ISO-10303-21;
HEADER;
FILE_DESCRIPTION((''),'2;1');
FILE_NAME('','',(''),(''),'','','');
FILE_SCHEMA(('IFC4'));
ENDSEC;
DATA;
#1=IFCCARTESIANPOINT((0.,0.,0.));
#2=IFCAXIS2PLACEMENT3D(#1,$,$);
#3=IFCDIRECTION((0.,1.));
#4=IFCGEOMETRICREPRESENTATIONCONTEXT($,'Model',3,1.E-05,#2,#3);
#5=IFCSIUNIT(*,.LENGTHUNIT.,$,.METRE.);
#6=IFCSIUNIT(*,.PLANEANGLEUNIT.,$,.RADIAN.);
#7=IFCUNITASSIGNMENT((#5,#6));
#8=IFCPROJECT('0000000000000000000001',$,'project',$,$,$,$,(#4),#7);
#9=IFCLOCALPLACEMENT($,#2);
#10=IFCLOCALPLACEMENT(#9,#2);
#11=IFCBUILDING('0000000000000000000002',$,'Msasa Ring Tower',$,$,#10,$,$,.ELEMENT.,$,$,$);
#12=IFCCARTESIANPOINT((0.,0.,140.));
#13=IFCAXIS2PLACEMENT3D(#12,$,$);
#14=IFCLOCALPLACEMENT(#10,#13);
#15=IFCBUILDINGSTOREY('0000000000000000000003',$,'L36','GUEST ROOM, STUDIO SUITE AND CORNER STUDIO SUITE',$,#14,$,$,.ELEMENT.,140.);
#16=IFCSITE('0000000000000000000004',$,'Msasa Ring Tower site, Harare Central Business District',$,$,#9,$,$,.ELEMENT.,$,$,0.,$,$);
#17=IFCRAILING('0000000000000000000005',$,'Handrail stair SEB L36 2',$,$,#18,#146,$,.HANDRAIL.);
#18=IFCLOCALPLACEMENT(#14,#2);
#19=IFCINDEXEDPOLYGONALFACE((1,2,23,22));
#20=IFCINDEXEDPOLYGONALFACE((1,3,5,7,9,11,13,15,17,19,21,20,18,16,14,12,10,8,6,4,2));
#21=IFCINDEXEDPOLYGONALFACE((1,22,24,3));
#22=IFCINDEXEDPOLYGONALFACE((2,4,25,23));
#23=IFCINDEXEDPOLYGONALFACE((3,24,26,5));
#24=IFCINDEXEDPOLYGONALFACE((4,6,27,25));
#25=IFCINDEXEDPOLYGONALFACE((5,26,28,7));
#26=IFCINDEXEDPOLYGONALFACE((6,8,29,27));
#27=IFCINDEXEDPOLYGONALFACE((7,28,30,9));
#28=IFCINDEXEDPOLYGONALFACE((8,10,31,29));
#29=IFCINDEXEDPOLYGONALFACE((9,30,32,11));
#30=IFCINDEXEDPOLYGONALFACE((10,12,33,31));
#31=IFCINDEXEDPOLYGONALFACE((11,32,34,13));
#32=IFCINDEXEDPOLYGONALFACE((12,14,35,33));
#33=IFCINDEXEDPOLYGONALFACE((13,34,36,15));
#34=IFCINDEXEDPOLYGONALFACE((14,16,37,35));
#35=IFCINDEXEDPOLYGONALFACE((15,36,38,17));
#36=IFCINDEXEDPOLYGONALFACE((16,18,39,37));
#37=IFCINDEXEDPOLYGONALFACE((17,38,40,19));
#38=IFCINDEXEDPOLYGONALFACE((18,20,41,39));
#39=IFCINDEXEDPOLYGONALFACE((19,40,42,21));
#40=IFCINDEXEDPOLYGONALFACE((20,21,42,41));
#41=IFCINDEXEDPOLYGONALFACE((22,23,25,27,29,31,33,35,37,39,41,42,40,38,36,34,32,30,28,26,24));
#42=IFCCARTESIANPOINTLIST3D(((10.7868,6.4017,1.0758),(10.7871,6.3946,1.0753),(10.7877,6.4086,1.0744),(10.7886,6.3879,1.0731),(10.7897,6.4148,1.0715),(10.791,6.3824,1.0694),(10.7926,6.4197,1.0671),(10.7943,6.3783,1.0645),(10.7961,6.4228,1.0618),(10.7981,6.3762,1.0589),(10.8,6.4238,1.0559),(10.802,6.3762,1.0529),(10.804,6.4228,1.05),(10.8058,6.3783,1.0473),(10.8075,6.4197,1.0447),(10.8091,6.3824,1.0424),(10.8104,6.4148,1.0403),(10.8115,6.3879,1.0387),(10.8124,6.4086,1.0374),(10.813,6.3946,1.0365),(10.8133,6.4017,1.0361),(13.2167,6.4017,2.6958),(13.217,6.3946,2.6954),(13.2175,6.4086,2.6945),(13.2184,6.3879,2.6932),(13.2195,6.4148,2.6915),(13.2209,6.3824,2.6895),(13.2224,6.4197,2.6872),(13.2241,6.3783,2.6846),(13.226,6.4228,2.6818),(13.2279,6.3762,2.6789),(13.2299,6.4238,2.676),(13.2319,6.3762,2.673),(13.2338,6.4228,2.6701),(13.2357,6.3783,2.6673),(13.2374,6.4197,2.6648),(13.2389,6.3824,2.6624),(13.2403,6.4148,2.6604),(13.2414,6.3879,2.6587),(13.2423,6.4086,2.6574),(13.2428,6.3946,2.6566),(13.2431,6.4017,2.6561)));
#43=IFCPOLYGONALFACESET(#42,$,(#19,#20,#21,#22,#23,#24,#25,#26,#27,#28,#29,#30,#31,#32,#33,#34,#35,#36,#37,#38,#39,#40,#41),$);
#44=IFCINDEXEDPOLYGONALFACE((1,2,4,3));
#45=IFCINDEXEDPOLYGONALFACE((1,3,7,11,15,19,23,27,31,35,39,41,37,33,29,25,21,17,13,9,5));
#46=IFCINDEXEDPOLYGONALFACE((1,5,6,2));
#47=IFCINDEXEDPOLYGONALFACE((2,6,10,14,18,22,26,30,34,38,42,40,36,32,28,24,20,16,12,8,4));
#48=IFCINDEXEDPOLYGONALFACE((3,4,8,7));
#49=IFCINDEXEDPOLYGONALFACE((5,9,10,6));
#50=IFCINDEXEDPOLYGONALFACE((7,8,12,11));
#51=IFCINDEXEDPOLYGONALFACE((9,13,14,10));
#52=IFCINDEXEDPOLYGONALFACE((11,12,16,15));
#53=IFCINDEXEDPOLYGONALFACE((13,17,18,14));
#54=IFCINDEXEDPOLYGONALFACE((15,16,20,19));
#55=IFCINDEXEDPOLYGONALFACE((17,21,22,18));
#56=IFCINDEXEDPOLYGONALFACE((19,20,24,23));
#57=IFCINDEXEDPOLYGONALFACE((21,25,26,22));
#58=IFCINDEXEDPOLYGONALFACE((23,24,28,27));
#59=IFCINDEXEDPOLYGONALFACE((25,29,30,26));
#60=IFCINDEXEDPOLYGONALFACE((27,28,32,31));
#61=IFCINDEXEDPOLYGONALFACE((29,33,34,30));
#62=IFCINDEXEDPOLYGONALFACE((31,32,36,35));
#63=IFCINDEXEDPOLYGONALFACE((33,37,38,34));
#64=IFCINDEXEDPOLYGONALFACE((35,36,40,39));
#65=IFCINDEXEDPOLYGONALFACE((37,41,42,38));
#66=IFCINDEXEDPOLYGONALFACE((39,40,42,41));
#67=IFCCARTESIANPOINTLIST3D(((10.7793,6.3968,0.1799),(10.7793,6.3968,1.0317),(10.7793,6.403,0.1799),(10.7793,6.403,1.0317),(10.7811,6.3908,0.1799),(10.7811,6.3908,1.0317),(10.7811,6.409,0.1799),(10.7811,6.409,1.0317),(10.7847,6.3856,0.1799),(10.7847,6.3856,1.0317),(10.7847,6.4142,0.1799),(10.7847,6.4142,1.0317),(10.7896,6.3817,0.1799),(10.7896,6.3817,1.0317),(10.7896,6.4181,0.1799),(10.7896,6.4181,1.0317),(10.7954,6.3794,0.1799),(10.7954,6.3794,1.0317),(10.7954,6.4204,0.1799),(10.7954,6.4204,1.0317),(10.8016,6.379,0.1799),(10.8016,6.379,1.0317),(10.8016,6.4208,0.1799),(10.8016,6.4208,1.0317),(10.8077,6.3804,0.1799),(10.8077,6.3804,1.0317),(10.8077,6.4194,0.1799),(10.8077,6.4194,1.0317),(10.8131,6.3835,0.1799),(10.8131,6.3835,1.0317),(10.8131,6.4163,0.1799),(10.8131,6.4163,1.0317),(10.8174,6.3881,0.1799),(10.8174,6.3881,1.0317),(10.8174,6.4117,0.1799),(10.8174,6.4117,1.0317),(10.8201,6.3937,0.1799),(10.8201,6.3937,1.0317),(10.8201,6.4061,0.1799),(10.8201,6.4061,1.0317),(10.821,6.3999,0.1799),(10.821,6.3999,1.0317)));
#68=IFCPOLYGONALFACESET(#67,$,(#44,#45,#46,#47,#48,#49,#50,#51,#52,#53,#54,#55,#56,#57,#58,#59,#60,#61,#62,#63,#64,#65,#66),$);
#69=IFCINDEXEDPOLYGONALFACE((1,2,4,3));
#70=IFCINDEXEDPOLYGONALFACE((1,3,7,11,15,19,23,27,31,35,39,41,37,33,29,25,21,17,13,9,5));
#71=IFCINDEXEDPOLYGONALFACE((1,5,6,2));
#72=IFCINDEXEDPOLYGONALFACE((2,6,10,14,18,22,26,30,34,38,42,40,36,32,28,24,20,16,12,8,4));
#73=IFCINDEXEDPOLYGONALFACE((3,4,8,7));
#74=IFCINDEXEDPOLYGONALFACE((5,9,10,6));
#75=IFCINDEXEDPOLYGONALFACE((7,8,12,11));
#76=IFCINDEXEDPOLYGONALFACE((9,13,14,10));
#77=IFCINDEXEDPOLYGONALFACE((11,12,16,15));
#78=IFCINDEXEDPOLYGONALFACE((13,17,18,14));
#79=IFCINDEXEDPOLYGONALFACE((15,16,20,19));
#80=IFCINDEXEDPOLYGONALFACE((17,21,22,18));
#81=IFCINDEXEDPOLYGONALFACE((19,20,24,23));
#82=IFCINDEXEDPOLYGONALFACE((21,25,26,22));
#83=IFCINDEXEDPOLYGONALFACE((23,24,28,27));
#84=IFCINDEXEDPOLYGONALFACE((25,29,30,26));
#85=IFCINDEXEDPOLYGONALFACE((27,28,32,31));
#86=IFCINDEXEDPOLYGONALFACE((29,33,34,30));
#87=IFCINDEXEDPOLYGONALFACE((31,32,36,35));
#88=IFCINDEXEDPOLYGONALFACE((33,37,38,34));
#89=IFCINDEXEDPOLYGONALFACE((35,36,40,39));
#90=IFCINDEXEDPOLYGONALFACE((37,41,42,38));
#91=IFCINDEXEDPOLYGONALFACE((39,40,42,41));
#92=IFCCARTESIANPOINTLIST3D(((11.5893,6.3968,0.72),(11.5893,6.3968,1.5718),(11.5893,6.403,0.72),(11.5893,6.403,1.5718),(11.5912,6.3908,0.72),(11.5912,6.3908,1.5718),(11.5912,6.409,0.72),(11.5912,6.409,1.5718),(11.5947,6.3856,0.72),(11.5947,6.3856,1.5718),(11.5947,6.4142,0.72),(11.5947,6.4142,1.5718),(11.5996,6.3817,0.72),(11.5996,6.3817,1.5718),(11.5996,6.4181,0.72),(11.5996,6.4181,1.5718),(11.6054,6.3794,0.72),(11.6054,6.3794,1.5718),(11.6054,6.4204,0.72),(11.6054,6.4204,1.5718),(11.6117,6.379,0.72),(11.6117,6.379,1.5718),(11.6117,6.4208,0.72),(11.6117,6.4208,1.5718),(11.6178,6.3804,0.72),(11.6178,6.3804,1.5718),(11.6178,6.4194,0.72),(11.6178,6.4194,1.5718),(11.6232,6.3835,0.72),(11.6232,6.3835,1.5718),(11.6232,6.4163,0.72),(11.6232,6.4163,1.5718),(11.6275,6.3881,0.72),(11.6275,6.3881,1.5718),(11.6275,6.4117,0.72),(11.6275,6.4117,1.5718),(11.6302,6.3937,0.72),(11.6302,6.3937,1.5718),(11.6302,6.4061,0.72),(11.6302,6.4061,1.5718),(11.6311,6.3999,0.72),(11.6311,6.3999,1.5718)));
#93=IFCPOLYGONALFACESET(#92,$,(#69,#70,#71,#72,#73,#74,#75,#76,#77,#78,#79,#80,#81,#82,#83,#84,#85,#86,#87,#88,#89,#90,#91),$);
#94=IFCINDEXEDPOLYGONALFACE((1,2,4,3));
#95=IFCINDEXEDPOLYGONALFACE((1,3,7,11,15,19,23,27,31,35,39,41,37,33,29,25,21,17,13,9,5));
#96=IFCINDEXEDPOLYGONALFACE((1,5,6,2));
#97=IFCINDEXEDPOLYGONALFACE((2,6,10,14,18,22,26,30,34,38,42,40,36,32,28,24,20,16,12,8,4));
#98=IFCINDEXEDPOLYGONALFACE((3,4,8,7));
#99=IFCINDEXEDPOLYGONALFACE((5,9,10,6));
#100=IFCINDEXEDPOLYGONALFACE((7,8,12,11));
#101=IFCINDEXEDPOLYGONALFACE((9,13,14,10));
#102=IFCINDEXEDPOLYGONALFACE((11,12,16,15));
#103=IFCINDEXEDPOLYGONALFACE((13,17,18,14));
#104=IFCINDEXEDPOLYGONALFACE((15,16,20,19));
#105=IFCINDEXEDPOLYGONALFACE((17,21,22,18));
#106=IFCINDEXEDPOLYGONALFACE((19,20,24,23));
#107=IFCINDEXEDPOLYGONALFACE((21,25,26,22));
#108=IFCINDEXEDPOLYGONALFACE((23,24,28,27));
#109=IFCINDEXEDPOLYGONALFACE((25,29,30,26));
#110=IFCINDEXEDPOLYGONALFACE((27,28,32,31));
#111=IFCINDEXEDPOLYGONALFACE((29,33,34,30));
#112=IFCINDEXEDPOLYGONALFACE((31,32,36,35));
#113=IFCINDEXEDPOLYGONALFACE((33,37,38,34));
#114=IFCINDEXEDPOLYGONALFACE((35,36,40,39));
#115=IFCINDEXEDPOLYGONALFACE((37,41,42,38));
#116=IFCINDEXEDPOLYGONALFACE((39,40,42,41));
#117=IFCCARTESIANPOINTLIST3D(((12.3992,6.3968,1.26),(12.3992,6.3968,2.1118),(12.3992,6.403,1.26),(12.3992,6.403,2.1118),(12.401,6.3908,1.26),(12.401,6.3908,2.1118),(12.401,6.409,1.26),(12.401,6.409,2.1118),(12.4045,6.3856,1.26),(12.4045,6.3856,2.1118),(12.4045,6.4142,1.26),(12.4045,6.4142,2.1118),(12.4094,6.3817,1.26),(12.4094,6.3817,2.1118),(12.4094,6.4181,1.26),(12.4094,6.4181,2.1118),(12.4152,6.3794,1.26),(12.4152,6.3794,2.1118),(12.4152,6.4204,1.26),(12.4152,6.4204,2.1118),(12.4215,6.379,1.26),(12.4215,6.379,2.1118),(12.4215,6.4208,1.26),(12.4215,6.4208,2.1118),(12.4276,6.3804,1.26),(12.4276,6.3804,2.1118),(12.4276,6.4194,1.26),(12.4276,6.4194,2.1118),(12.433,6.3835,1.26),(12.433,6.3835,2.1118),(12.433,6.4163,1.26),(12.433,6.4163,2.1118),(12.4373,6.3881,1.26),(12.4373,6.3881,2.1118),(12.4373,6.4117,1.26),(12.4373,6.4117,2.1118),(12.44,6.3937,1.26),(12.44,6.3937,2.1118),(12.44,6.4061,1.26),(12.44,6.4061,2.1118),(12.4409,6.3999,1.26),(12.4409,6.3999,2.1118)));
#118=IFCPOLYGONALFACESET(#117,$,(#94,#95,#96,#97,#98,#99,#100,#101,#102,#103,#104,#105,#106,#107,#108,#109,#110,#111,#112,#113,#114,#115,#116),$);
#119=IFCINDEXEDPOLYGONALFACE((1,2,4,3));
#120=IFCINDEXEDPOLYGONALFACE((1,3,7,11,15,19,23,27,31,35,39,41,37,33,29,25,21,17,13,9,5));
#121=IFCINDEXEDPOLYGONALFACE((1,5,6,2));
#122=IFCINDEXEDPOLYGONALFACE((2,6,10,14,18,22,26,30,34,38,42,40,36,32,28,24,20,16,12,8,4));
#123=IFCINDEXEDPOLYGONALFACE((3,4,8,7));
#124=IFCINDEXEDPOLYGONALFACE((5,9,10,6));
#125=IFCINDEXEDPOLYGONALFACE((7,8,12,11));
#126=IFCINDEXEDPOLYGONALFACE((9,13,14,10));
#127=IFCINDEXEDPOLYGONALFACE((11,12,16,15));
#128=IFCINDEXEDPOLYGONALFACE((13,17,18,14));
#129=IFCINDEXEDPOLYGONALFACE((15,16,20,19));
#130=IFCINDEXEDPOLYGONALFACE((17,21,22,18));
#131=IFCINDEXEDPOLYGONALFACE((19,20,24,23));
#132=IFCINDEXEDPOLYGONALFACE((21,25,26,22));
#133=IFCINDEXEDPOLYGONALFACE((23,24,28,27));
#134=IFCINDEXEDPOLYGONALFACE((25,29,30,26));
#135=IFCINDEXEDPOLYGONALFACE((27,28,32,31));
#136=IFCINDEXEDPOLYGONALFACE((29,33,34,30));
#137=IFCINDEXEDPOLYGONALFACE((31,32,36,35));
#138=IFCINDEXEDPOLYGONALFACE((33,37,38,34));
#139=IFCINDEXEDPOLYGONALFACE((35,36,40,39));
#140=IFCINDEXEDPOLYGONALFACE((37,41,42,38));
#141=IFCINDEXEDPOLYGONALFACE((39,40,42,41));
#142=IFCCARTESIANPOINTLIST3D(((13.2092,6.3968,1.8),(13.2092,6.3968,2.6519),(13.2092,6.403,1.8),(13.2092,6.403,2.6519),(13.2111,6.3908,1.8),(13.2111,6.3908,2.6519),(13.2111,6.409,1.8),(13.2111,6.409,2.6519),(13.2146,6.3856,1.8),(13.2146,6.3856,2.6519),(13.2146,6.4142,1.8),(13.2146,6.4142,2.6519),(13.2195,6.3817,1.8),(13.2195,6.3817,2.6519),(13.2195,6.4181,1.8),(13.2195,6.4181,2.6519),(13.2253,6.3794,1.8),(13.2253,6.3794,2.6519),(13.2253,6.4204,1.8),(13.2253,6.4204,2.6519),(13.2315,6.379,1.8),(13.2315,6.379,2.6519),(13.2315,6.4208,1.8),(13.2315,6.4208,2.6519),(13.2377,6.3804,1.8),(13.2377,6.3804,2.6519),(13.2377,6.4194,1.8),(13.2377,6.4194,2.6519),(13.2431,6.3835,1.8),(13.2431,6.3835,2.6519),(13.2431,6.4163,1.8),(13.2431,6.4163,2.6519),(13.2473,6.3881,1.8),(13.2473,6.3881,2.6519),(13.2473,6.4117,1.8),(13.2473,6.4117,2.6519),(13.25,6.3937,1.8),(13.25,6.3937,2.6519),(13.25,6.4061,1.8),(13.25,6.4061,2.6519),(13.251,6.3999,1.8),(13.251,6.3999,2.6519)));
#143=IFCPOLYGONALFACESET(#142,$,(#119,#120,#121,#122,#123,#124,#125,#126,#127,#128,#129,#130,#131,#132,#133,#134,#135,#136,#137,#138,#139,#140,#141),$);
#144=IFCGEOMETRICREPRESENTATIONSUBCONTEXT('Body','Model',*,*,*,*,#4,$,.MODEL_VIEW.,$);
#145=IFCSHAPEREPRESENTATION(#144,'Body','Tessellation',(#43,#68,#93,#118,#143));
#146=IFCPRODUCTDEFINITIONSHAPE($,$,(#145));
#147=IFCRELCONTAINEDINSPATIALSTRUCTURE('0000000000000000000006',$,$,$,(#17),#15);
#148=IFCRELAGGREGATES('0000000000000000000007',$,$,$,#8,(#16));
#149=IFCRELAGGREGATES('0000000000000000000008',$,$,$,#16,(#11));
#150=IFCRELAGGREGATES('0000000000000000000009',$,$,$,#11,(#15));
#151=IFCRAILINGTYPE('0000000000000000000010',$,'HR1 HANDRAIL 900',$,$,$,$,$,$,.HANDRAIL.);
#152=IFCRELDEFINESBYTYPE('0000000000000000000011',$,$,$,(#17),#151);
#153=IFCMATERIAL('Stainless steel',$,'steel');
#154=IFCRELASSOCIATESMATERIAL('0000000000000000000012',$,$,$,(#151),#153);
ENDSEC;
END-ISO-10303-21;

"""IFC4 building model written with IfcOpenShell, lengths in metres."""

from ifc_helpers import new_model, si_unit, direction, frame, origin, origin_2d, place, context, subcontext, project, spatial, circle, extrude, material, type_object, element, save


model = new_model("IFC4")

# Units and contexts
model_context = context("Model", 3, precision=1e-05, world=origin(), true_north=direction((0.0, 1.0)))
body_context = subcontext(model_context, "Body", "Model", "MODEL_VIEW")
ifc_project = project(units=[si_unit("LENGTHUNIT", "METRE"), si_unit("PLANEANGLEUNIT", "RADIAN")], contexts=[model_context])

# Site, building, storey
site_placement = place(None, origin())
site = spatial("IfcSite", under=ifc_project, at=site_placement, Name="Msasa Ring Tower site, Harare Central Business District", CompositionType="ELEMENT", RefElevation=0.0)
building_placement = place(site_placement, origin())
building = spatial("IfcBuilding", under=site, at=building_placement, Name="Msasa Ring Tower", CompositionType="ELEMENT")
storey_placement = place(building_placement, frame((0.0, 0.0, 140.0)))
storey = spatial("IfcBuildingStorey", under=building, at=storey_placement, Name="L36", Description="GUEST ROOM, STUDIO SUITE AND CORNER STUDIO SUITE", CompositionType="ELEMENT", Elevation=140.0)

# Railing
ifc_material_1 = material(Name="Stainless steel", Category="steel")
railing_type = type_object("IfcRailingType", Name="HR1 HANDRAIL 900", PredefinedType="HANDRAIL", material=ifc_material_1)
for number, where, name in (
    (1, (10.8, 6.3999, 0.1799), "Handrail stair SEB L36 2"),
):
    element("IfcRailing", number, at=place(storey_placement, frame(where)), inside=storey, type_object=railing_type, Name=name, PredefinedType="HANDRAIL", context=body_context, shape_type="SweptSolid", body=[
        extrude(circle(Radius=0.0239, at=origin_2d()), frame((0.0, 0.0, 0.876), z_axis=(0.832025, 0.0, 0.554739), x_axis=(0.0, 1.0, 0.0)), (0.0, 0.0, 1.0), 2.9204),
        extrude(circle(Radius=0.021, at=origin_2d()), origin(), (0.0, 0.0, 1.0), 0.8518),
        extrude(circle(Radius=0.021, at=origin_2d()), frame((0.8101, 0.0, 0.54)), (0.0, 0.0, 1.0), 0.8518),
        extrude(circle(Radius=0.021, at=origin_2d()), frame((1.6199, 0.0, 1.0801)), (0.0, 0.0, 1.0), 0.8518),
        extrude(circle(Radius=0.021, at=origin_2d()), frame((2.4299, 0.0, 1.6201)), (0.0, 0.0, 1.0), 0.8518),
    ])

save(model, "model.ifc")
